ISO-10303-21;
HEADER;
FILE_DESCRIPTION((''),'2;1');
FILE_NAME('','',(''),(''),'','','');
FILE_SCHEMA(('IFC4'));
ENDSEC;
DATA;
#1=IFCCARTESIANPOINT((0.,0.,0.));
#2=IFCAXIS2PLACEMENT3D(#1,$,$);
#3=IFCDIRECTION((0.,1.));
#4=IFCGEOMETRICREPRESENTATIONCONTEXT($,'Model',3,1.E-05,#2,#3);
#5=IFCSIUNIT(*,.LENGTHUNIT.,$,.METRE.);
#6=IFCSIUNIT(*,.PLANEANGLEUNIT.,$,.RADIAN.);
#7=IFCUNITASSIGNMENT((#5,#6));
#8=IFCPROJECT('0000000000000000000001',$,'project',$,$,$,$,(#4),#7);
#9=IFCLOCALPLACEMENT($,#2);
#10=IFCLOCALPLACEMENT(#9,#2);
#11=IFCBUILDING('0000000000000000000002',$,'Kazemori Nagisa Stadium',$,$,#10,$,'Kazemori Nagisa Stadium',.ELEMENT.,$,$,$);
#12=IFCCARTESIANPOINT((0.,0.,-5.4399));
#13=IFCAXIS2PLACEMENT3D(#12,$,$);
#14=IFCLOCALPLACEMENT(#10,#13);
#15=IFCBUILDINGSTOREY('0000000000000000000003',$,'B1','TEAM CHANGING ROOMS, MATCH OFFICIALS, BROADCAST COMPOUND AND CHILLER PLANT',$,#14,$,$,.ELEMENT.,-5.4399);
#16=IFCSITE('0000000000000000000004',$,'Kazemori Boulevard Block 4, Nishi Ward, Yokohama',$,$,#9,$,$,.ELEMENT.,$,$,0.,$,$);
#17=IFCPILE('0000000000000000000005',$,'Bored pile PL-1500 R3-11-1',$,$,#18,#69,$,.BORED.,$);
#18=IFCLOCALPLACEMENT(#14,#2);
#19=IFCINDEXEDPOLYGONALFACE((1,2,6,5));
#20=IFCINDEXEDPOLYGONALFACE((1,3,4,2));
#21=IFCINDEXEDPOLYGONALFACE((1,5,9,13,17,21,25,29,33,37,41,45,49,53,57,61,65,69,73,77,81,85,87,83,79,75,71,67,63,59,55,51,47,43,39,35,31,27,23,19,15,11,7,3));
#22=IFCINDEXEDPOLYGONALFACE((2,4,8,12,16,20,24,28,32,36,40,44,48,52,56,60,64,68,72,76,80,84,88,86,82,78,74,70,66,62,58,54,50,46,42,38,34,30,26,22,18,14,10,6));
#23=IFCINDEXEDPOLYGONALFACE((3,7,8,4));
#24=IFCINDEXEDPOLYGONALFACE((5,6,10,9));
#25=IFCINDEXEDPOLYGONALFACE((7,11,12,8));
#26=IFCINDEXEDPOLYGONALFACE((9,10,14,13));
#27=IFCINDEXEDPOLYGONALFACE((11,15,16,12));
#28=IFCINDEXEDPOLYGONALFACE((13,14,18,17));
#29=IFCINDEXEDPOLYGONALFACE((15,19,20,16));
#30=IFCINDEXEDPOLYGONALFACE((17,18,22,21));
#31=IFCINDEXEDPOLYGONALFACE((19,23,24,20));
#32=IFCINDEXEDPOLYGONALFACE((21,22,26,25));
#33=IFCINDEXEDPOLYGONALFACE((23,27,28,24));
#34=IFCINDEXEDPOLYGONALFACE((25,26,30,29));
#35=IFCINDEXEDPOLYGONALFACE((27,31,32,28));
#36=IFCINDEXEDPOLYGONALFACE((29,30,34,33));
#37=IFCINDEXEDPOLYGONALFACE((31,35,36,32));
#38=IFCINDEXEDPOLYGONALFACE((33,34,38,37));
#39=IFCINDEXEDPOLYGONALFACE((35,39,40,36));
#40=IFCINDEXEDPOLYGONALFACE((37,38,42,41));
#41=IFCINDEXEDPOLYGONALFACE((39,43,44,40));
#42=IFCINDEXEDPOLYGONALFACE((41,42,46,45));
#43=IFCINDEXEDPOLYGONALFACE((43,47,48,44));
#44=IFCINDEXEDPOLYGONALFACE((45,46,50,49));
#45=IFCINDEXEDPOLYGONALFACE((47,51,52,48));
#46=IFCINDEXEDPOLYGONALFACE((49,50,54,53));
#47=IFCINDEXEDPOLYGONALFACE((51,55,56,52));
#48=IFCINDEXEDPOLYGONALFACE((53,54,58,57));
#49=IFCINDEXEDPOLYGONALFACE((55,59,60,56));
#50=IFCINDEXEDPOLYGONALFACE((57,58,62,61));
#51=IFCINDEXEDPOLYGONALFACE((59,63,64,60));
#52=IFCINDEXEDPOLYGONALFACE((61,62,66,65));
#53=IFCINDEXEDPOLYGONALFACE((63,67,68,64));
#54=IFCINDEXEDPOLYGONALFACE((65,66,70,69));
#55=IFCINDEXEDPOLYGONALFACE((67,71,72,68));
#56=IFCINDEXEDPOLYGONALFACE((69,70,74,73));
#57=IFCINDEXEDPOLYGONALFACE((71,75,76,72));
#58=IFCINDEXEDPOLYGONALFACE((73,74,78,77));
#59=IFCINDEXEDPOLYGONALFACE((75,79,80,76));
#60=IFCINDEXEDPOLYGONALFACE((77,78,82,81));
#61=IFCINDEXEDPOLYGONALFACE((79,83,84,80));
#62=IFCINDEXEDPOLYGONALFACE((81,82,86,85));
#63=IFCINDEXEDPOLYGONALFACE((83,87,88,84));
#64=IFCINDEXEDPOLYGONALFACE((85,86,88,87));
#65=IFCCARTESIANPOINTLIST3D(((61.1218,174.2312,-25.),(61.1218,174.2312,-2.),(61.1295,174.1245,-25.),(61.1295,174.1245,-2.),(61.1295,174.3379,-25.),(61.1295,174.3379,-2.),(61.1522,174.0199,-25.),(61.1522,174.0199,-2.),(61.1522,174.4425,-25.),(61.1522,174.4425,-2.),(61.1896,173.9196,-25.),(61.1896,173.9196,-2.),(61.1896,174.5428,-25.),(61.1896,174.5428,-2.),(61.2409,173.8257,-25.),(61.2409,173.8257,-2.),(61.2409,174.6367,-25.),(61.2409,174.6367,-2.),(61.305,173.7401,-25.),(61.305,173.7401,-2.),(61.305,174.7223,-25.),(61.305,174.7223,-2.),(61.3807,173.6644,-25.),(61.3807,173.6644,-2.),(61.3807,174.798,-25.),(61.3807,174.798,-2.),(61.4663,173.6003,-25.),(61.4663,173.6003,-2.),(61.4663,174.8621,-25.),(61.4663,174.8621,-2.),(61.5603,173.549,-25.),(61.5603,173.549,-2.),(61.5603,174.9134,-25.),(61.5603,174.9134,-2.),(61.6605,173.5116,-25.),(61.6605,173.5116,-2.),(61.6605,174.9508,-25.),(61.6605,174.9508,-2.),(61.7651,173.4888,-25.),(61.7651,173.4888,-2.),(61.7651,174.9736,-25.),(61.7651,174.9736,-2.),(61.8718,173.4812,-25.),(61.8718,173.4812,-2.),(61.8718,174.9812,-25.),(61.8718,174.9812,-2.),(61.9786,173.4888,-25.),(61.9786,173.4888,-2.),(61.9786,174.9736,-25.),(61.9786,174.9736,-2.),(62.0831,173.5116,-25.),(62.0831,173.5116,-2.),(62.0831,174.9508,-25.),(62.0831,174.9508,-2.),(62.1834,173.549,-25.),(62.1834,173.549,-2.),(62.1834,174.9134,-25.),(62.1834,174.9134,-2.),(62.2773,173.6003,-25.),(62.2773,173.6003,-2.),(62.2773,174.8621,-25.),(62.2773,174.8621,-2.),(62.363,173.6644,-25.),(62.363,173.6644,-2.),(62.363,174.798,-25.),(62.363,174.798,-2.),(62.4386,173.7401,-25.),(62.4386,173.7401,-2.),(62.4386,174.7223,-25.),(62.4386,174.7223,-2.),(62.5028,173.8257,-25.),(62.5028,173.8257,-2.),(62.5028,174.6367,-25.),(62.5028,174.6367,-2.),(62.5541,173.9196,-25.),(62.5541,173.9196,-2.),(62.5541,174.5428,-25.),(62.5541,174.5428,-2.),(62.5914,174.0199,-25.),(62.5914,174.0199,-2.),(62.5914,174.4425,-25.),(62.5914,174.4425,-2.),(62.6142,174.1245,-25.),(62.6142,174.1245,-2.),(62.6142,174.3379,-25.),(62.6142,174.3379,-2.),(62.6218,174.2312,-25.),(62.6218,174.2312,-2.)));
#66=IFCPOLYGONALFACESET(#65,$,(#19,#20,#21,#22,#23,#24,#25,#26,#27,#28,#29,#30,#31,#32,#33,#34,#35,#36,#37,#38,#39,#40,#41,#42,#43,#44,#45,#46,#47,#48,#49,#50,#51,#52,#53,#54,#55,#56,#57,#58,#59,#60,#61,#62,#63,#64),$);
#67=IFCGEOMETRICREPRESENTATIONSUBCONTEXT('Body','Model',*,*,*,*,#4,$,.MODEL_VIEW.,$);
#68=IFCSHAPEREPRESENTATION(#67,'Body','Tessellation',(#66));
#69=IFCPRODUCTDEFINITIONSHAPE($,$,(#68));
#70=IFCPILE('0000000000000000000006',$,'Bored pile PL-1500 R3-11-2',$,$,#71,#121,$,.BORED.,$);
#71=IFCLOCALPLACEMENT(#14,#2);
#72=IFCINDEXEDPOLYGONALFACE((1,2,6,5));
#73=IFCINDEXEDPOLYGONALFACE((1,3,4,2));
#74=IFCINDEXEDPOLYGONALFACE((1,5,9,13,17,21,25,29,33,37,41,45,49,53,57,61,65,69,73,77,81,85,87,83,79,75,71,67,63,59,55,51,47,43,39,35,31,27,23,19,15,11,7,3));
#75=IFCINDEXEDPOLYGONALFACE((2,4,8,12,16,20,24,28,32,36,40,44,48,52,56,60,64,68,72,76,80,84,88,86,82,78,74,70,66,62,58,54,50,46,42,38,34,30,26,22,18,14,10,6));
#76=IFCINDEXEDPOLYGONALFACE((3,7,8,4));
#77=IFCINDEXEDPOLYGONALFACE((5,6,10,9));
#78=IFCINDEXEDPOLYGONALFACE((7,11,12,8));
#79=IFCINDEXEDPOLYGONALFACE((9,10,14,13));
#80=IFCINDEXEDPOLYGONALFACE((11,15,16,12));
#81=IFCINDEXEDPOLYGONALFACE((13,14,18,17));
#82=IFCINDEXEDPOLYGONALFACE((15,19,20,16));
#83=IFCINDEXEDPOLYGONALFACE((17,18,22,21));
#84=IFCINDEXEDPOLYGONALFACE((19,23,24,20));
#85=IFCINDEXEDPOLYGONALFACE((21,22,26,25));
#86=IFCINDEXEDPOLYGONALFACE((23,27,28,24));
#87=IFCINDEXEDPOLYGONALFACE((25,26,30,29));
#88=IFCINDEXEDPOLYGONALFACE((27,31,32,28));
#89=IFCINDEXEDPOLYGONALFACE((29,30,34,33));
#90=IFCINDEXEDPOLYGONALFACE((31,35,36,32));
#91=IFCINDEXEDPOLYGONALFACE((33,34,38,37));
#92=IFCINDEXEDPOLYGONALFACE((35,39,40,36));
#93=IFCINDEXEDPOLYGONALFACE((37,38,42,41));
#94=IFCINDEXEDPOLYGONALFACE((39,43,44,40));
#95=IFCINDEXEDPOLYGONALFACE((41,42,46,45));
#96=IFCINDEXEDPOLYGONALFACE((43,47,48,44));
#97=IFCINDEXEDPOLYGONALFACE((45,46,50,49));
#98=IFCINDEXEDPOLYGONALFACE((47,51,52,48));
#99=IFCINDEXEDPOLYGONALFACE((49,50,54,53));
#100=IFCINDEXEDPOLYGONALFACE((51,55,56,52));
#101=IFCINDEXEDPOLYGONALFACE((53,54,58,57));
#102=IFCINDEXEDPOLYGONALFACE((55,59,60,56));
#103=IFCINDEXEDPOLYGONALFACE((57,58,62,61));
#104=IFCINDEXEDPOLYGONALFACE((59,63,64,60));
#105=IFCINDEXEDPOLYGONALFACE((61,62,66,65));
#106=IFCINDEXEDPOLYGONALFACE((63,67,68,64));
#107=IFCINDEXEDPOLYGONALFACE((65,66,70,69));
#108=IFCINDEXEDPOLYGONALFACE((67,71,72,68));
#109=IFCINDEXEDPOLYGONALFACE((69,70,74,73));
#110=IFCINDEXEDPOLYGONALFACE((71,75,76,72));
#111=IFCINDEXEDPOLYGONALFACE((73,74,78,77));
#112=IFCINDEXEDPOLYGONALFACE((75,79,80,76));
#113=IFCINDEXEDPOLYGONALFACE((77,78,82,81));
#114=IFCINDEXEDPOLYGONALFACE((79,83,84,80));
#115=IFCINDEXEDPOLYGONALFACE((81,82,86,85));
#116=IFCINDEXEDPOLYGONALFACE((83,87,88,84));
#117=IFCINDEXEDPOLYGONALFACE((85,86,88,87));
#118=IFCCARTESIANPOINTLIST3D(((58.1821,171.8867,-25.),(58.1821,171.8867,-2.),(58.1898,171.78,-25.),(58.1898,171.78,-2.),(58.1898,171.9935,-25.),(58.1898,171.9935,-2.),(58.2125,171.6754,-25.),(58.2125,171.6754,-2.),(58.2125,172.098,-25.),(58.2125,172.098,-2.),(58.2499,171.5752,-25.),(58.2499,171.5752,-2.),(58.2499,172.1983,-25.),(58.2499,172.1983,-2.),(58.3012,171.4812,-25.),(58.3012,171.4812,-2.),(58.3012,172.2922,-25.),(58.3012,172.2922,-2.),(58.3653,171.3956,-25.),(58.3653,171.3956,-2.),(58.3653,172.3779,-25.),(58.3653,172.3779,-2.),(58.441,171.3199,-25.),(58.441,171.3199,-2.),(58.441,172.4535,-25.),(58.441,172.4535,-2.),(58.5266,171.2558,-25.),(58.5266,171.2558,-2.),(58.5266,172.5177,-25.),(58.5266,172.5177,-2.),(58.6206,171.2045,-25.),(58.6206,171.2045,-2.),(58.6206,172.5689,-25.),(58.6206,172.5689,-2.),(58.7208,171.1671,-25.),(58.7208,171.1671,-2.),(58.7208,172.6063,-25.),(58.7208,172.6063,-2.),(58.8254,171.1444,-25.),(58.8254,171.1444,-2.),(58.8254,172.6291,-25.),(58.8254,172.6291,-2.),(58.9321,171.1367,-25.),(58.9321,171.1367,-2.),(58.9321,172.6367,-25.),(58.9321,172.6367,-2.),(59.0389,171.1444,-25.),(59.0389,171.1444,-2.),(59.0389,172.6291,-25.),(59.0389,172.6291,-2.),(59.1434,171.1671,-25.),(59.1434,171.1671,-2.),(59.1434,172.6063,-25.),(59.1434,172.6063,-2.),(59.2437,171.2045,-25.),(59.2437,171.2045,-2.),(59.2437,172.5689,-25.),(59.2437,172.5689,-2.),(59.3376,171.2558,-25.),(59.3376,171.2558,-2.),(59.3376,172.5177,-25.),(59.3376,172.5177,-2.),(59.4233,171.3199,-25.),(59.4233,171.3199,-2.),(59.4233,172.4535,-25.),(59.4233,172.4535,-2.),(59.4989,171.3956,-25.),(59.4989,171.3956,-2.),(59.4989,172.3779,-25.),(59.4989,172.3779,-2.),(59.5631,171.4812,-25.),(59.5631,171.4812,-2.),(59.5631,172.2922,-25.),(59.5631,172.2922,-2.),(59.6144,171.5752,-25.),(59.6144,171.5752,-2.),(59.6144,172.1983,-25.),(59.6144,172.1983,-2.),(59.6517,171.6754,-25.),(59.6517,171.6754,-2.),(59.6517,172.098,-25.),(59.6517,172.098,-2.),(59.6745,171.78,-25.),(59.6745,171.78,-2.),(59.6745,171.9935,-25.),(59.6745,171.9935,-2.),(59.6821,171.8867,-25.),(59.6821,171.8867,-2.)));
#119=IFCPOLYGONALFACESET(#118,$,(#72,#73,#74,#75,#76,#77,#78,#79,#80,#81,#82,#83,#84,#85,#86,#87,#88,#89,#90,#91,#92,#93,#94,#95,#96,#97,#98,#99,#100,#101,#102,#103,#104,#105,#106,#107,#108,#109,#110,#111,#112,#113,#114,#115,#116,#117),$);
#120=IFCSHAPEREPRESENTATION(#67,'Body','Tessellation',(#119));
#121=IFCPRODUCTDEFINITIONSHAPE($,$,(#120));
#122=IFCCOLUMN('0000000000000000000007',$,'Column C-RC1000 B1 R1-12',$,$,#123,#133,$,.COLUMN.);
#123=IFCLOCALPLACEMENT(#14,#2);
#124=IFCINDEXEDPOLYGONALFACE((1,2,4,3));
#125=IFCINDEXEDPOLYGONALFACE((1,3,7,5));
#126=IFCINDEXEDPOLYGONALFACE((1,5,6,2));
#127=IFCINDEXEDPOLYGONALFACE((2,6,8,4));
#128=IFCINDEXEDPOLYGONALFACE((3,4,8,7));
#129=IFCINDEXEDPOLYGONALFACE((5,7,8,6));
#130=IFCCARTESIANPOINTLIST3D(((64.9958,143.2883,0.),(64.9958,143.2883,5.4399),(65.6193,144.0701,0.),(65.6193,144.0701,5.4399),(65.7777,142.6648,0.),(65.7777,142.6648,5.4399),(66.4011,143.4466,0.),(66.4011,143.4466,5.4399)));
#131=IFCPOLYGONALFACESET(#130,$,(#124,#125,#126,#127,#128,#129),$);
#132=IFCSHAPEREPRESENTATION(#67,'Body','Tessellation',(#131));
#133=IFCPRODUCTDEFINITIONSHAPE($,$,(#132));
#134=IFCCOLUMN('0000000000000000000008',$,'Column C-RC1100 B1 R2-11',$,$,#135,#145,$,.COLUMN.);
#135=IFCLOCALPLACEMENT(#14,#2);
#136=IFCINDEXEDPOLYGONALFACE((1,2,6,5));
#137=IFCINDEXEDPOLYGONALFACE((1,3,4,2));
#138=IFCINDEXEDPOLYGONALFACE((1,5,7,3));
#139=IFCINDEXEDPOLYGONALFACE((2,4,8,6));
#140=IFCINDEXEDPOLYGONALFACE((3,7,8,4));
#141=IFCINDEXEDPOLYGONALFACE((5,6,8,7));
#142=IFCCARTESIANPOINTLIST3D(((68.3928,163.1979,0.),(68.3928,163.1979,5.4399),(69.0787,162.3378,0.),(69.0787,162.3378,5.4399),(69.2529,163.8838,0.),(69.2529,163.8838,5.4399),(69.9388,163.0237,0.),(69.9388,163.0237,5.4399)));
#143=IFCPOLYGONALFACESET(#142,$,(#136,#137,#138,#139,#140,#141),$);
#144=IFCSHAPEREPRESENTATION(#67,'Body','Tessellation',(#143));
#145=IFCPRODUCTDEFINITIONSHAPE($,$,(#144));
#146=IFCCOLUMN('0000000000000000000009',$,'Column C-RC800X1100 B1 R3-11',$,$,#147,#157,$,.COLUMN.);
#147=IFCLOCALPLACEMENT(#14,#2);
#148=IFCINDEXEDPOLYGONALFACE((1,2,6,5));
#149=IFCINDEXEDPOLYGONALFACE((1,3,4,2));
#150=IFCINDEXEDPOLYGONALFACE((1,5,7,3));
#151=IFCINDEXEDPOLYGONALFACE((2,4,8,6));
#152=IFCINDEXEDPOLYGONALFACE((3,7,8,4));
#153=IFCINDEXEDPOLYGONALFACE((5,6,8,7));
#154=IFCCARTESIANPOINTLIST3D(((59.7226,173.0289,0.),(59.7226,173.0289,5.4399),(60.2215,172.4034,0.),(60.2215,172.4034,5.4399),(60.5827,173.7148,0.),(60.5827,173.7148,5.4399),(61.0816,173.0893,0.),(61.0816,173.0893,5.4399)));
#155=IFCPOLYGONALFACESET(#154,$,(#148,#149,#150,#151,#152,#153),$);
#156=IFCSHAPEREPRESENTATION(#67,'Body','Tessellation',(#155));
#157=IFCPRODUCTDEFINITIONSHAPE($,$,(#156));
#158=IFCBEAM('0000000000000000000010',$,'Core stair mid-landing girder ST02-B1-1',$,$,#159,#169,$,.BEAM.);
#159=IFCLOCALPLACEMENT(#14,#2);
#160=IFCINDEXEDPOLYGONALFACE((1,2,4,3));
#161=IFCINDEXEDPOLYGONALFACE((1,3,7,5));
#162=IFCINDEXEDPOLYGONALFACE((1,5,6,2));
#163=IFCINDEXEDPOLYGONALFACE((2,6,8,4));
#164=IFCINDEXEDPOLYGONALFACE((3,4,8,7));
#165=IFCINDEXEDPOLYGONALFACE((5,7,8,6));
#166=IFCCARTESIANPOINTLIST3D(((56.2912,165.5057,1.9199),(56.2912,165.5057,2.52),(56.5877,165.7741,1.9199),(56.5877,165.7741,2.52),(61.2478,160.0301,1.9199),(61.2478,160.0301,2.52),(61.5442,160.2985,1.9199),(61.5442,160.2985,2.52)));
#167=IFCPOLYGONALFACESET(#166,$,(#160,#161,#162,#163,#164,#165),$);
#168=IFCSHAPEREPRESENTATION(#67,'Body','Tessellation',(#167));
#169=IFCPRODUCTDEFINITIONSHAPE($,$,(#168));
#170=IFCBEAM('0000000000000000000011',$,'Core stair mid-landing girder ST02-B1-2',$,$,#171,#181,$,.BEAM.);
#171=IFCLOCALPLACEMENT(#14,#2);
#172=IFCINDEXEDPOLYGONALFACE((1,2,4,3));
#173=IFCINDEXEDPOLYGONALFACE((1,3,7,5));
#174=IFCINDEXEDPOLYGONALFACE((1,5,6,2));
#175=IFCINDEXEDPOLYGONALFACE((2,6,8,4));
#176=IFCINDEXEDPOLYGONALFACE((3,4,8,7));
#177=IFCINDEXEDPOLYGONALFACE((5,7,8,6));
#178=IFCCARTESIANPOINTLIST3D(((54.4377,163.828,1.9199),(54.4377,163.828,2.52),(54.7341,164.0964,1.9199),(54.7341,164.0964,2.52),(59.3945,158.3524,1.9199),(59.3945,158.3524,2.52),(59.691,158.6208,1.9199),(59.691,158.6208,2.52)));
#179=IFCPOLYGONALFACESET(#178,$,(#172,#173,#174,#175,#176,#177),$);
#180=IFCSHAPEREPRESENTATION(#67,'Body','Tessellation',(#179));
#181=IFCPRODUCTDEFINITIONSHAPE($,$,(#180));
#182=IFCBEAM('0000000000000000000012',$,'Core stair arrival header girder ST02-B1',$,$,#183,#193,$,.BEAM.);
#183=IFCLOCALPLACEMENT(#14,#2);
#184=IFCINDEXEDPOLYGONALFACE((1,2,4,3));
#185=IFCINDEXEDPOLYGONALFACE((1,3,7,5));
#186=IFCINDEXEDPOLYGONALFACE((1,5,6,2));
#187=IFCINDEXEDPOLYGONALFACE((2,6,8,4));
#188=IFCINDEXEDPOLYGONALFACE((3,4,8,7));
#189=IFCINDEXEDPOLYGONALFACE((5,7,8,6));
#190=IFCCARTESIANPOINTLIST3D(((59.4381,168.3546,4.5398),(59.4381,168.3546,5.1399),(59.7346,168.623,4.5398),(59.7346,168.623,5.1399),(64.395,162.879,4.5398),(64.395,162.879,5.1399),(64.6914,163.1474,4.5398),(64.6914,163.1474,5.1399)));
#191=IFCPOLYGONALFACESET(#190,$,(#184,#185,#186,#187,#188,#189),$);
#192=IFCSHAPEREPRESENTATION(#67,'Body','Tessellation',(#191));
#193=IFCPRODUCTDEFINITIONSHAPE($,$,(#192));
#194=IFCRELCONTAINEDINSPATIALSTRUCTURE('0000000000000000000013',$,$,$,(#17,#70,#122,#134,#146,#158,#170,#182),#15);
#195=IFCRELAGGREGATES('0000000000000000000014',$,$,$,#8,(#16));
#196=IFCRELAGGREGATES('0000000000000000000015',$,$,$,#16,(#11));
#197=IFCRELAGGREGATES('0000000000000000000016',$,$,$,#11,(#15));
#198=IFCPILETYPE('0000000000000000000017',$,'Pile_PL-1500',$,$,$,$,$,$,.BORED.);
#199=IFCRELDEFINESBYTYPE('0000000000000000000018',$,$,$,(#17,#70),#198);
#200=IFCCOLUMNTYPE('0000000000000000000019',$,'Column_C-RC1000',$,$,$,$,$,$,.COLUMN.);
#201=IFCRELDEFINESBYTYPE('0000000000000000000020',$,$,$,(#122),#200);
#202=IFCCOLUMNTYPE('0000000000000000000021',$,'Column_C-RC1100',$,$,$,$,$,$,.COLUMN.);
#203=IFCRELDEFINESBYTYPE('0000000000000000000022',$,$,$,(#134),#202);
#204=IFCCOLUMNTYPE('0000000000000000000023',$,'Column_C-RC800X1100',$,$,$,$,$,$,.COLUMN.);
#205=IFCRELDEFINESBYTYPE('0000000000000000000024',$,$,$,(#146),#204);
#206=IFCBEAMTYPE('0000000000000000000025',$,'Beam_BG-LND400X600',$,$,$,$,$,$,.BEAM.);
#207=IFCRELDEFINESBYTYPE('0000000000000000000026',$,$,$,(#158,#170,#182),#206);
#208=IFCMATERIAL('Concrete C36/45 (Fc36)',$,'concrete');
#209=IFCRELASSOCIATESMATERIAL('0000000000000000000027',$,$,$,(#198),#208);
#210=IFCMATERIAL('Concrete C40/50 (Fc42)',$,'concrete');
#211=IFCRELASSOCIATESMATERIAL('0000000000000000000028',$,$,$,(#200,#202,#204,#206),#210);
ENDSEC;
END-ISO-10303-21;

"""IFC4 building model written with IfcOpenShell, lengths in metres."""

from ifc_helpers import new_model, si_unit, direction, frame, origin, origin_2d, place, context, subcontext, project, spatial, rectangle, circle, extrude, material, material_profile, profile_set, type_object, element, save


model = new_model("IFC4")

# Units and contexts
model_context = context("Model", 3, precision=1e-05, world=origin(), true_north=direction((0.0, 1.0)))
body_context = subcontext(model_context, "Body", "Model", "MODEL_VIEW")
ifc_project = project(units=[si_unit("LENGTHUNIT", "METRE"), si_unit("PLANEANGLEUNIT", "RADIAN")], contexts=[model_context])

# Site, building, storey
site_placement = place(None, origin())
site = spatial("IfcSite", under=ifc_project, at=site_placement, Name="Kazemori Boulevard Block 4, Nishi Ward, Yokohama", CompositionType="ELEMENT", RefElevation=0.0)
building_placement = place(site_placement, origin())
building = spatial("IfcBuilding", under=site, at=building_placement, Name="Kazemori Nagisa Stadium", LongName="Kazemori Nagisa Stadium", CompositionType="ELEMENT")
storey_placement = place(building_placement, frame((0.0, 0.0, -5.4399)))
storey = spatial("IfcBuildingStorey", under=building, at=storey_placement, Name="B1", Description="TEAM CHANGING ROOMS, MATCH OFFICIALS, BROADCAST COMPOUND AND CHILLER PLANT", CompositionType="ELEMENT", Elevation=-5.4399)

# Shared definitions
ifc_material_1 = material(Name="Concrete C40/50 (Fc42)", Category="concrete")

# Piles
ifc_material_2 = material(Name="Concrete C36/45 (Fc36)", Category="concrete")
ifc_material_profile_1 = material_profile(ifc_material_2, circle(Radius=0.75, at=origin_2d()), Name="PILE-D1500")
ifc_profile_set_1 = profile_set([ifc_material_profile_1], Name="Concrete C36/45 (Fc36)")
pile_type_1 = type_object("IfcPileType", Name="Pile_PL-1500", PredefinedType="BORED", material=ifc_profile_set_1)
for number, where, z_axis, x_axis, name in (
    (1, (61.8718, 174.2312, -2.0), (0.0, 0.0, -1.0), (1.0, 0.0, 0.0), "Bored pile PL-1500 R3-11-1"),
    (2, (58.9321, 171.8867, -2.0), (0.0, 0.0, -1.0), (1.0, 0.0, 0.0), "Bored pile PL-1500 R3-11-2"),
):
    element("IfcPile", number, at=place(storey_placement, frame(where, z_axis=z_axis, x_axis=x_axis)), inside=storey, type_object=pile_type_1, Name=name, PredefinedType="BORED", context=body_context, shape_type="SweptSolid", body=[
        extrude(circle(Radius=0.75, at=origin_2d()), origin(), (0.0, 0.0, 1.0), 23.0),
    ])

# Columns
ifc_material_profile_2 = material_profile(ifc_material_1, rectangle(XDim=1.0, YDim=1.0, at=origin_2d()), Name="RC-COL-1000x1000")
ifc_profile_set_2 = profile_set([ifc_material_profile_2], Name="Concrete C40/50 (Fc42)")
column_type_1 = type_object("IfcColumnType", Name="Column_C-RC1000", PredefinedType="COLUMN", material=ifc_profile_set_2)
column_1_placement = place(storey_placement, frame((65.6985, 143.3674, 0.0), z_axis=(0.0, 0.0, 1.0), x_axis=(-0.781831, 0.62349, 0.0)))
element("IfcColumn", 3, at=column_1_placement, inside=storey, type_object=column_type_1, Name="Column C-RC1000 B1 R1-12", PredefinedType="COLUMN", context=body_context, shape_type="SweptSolid", body=[
    extrude(rectangle(XDim=1.0, YDim=1.0, at=origin_2d()), origin(), (0.0, 0.0, 1.0), 5.4399),
])
ifc_material_profile_3 = material_profile(ifc_material_1, rectangle(XDim=1.1001, YDim=1.1001, at=origin_2d()), Name="RC-COL-1100x1100")
ifc_profile_set_3 = profile_set([ifc_material_profile_3], Name="Concrete C40/50 (Fc42)")
column_type_2 = type_object("IfcColumnType", Name="Column_C-RC1100", PredefinedType="COLUMN", material=ifc_profile_set_3)
column_2_placement = place(storey_placement, frame((69.1658, 163.1108, 0.0), z_axis=(0.0, 0.0, 1.0), x_axis=(-0.62349, 0.781831, 0.0)))
element("IfcColumn", 4, at=column_2_placement, inside=storey, type_object=column_type_2, Name="Column C-RC1100 B1 R2-11", PredefinedType="COLUMN", context=body_context, shape_type="SweptSolid", body=[
    extrude(rectangle(XDim=1.1001, YDim=1.1001, at=origin_2d()), origin(), (0.0, 0.0, 1.0), 5.4399),
])
ifc_material_profile_4 = material_profile(ifc_material_1, rectangle(XDim=0.8, YDim=1.1001, at=origin_2d()), Name="RC-COL-800x1100")
ifc_profile_set_4 = profile_set([ifc_material_profile_4], Name="Concrete C40/50 (Fc42)")
column_type_3 = type_object("IfcColumnType", Name="Column_C-RC800X1100", PredefinedType="COLUMN", material=ifc_profile_set_4)
column_3_placement = place(storey_placement, frame((60.4021, 173.0591, 0.0), z_axis=(0.0, 0.0, 1.0), x_axis=(-0.62349, 0.781831, 0.0)))
element("IfcColumn", 5, at=column_3_placement, inside=storey, type_object=column_type_3, Name="Column C-RC800X1100 B1 R3-11", PredefinedType="COLUMN", context=body_context, shape_type="SweptSolid", body=[
    extrude(rectangle(XDim=0.8, YDim=1.1001, at=origin_2d()), origin(), (0.0, 0.0, 1.0), 5.4399),
])

# Beams
ifc_material_profile_5 = material_profile(ifc_material_1, rectangle(XDim=0.3999, YDim=0.6001, at=origin_2d()), Name="RC-BM-400x600")
ifc_profile_set_5 = profile_set([ifc_material_profile_5], Name="Concrete C40/50 (Fc42)")
beam_type = type_object("IfcBeamType", Name="Beam_BG-LND400X600", PredefinedType="BEAM", material=ifc_profile_set_5)
beam_placement = place(storey_placement, frame((61.396, 160.1643, 2.22), z_axis=(-0.671095, 0.741371, 0.0), x_axis=(-0.741371, -0.671095, 0.0)))
element("IfcBeam", 6, at=beam_placement, inside=storey, type_object=beam_type, Name="Core stair mid-landing girder ST02-B1-1", PredefinedType="BEAM", context=body_context, shape_type="SweptSolid", body=[
    extrude(rectangle(XDim=0.3999, YDim=0.6001, at=origin_2d()), origin(), (0.0, 0.0, 1.0), 7.3857),
])
for number, where, z_axis, x_axis, name in (
    (7, (59.5427, 158.4866, 2.22), (-0.671113, 0.741355, 0.0), (-0.741355, -0.671113, 0.0), "Core stair mid-landing girder ST02-B1-2"),
    (8, (64.5432, 163.0132, 4.8398), (-0.671113, 0.741355, 0.0), (-0.741355, -0.671113, 0.0), "Core stair arrival header girder ST02-B1"),
):
    element("IfcBeam", number, at=place(storey_placement, frame(where, z_axis=z_axis, x_axis=x_axis)), inside=storey, type_object=beam_type, Name=name, PredefinedType="BEAM", context=body_context, shape_type="SweptSolid", body=[
        extrude(rectangle(XDim=0.3999, YDim=0.6001, at=origin_2d()), origin(), (0.0, 0.0, 1.0), 7.386),
    ])

save(model, "model.ifc")
